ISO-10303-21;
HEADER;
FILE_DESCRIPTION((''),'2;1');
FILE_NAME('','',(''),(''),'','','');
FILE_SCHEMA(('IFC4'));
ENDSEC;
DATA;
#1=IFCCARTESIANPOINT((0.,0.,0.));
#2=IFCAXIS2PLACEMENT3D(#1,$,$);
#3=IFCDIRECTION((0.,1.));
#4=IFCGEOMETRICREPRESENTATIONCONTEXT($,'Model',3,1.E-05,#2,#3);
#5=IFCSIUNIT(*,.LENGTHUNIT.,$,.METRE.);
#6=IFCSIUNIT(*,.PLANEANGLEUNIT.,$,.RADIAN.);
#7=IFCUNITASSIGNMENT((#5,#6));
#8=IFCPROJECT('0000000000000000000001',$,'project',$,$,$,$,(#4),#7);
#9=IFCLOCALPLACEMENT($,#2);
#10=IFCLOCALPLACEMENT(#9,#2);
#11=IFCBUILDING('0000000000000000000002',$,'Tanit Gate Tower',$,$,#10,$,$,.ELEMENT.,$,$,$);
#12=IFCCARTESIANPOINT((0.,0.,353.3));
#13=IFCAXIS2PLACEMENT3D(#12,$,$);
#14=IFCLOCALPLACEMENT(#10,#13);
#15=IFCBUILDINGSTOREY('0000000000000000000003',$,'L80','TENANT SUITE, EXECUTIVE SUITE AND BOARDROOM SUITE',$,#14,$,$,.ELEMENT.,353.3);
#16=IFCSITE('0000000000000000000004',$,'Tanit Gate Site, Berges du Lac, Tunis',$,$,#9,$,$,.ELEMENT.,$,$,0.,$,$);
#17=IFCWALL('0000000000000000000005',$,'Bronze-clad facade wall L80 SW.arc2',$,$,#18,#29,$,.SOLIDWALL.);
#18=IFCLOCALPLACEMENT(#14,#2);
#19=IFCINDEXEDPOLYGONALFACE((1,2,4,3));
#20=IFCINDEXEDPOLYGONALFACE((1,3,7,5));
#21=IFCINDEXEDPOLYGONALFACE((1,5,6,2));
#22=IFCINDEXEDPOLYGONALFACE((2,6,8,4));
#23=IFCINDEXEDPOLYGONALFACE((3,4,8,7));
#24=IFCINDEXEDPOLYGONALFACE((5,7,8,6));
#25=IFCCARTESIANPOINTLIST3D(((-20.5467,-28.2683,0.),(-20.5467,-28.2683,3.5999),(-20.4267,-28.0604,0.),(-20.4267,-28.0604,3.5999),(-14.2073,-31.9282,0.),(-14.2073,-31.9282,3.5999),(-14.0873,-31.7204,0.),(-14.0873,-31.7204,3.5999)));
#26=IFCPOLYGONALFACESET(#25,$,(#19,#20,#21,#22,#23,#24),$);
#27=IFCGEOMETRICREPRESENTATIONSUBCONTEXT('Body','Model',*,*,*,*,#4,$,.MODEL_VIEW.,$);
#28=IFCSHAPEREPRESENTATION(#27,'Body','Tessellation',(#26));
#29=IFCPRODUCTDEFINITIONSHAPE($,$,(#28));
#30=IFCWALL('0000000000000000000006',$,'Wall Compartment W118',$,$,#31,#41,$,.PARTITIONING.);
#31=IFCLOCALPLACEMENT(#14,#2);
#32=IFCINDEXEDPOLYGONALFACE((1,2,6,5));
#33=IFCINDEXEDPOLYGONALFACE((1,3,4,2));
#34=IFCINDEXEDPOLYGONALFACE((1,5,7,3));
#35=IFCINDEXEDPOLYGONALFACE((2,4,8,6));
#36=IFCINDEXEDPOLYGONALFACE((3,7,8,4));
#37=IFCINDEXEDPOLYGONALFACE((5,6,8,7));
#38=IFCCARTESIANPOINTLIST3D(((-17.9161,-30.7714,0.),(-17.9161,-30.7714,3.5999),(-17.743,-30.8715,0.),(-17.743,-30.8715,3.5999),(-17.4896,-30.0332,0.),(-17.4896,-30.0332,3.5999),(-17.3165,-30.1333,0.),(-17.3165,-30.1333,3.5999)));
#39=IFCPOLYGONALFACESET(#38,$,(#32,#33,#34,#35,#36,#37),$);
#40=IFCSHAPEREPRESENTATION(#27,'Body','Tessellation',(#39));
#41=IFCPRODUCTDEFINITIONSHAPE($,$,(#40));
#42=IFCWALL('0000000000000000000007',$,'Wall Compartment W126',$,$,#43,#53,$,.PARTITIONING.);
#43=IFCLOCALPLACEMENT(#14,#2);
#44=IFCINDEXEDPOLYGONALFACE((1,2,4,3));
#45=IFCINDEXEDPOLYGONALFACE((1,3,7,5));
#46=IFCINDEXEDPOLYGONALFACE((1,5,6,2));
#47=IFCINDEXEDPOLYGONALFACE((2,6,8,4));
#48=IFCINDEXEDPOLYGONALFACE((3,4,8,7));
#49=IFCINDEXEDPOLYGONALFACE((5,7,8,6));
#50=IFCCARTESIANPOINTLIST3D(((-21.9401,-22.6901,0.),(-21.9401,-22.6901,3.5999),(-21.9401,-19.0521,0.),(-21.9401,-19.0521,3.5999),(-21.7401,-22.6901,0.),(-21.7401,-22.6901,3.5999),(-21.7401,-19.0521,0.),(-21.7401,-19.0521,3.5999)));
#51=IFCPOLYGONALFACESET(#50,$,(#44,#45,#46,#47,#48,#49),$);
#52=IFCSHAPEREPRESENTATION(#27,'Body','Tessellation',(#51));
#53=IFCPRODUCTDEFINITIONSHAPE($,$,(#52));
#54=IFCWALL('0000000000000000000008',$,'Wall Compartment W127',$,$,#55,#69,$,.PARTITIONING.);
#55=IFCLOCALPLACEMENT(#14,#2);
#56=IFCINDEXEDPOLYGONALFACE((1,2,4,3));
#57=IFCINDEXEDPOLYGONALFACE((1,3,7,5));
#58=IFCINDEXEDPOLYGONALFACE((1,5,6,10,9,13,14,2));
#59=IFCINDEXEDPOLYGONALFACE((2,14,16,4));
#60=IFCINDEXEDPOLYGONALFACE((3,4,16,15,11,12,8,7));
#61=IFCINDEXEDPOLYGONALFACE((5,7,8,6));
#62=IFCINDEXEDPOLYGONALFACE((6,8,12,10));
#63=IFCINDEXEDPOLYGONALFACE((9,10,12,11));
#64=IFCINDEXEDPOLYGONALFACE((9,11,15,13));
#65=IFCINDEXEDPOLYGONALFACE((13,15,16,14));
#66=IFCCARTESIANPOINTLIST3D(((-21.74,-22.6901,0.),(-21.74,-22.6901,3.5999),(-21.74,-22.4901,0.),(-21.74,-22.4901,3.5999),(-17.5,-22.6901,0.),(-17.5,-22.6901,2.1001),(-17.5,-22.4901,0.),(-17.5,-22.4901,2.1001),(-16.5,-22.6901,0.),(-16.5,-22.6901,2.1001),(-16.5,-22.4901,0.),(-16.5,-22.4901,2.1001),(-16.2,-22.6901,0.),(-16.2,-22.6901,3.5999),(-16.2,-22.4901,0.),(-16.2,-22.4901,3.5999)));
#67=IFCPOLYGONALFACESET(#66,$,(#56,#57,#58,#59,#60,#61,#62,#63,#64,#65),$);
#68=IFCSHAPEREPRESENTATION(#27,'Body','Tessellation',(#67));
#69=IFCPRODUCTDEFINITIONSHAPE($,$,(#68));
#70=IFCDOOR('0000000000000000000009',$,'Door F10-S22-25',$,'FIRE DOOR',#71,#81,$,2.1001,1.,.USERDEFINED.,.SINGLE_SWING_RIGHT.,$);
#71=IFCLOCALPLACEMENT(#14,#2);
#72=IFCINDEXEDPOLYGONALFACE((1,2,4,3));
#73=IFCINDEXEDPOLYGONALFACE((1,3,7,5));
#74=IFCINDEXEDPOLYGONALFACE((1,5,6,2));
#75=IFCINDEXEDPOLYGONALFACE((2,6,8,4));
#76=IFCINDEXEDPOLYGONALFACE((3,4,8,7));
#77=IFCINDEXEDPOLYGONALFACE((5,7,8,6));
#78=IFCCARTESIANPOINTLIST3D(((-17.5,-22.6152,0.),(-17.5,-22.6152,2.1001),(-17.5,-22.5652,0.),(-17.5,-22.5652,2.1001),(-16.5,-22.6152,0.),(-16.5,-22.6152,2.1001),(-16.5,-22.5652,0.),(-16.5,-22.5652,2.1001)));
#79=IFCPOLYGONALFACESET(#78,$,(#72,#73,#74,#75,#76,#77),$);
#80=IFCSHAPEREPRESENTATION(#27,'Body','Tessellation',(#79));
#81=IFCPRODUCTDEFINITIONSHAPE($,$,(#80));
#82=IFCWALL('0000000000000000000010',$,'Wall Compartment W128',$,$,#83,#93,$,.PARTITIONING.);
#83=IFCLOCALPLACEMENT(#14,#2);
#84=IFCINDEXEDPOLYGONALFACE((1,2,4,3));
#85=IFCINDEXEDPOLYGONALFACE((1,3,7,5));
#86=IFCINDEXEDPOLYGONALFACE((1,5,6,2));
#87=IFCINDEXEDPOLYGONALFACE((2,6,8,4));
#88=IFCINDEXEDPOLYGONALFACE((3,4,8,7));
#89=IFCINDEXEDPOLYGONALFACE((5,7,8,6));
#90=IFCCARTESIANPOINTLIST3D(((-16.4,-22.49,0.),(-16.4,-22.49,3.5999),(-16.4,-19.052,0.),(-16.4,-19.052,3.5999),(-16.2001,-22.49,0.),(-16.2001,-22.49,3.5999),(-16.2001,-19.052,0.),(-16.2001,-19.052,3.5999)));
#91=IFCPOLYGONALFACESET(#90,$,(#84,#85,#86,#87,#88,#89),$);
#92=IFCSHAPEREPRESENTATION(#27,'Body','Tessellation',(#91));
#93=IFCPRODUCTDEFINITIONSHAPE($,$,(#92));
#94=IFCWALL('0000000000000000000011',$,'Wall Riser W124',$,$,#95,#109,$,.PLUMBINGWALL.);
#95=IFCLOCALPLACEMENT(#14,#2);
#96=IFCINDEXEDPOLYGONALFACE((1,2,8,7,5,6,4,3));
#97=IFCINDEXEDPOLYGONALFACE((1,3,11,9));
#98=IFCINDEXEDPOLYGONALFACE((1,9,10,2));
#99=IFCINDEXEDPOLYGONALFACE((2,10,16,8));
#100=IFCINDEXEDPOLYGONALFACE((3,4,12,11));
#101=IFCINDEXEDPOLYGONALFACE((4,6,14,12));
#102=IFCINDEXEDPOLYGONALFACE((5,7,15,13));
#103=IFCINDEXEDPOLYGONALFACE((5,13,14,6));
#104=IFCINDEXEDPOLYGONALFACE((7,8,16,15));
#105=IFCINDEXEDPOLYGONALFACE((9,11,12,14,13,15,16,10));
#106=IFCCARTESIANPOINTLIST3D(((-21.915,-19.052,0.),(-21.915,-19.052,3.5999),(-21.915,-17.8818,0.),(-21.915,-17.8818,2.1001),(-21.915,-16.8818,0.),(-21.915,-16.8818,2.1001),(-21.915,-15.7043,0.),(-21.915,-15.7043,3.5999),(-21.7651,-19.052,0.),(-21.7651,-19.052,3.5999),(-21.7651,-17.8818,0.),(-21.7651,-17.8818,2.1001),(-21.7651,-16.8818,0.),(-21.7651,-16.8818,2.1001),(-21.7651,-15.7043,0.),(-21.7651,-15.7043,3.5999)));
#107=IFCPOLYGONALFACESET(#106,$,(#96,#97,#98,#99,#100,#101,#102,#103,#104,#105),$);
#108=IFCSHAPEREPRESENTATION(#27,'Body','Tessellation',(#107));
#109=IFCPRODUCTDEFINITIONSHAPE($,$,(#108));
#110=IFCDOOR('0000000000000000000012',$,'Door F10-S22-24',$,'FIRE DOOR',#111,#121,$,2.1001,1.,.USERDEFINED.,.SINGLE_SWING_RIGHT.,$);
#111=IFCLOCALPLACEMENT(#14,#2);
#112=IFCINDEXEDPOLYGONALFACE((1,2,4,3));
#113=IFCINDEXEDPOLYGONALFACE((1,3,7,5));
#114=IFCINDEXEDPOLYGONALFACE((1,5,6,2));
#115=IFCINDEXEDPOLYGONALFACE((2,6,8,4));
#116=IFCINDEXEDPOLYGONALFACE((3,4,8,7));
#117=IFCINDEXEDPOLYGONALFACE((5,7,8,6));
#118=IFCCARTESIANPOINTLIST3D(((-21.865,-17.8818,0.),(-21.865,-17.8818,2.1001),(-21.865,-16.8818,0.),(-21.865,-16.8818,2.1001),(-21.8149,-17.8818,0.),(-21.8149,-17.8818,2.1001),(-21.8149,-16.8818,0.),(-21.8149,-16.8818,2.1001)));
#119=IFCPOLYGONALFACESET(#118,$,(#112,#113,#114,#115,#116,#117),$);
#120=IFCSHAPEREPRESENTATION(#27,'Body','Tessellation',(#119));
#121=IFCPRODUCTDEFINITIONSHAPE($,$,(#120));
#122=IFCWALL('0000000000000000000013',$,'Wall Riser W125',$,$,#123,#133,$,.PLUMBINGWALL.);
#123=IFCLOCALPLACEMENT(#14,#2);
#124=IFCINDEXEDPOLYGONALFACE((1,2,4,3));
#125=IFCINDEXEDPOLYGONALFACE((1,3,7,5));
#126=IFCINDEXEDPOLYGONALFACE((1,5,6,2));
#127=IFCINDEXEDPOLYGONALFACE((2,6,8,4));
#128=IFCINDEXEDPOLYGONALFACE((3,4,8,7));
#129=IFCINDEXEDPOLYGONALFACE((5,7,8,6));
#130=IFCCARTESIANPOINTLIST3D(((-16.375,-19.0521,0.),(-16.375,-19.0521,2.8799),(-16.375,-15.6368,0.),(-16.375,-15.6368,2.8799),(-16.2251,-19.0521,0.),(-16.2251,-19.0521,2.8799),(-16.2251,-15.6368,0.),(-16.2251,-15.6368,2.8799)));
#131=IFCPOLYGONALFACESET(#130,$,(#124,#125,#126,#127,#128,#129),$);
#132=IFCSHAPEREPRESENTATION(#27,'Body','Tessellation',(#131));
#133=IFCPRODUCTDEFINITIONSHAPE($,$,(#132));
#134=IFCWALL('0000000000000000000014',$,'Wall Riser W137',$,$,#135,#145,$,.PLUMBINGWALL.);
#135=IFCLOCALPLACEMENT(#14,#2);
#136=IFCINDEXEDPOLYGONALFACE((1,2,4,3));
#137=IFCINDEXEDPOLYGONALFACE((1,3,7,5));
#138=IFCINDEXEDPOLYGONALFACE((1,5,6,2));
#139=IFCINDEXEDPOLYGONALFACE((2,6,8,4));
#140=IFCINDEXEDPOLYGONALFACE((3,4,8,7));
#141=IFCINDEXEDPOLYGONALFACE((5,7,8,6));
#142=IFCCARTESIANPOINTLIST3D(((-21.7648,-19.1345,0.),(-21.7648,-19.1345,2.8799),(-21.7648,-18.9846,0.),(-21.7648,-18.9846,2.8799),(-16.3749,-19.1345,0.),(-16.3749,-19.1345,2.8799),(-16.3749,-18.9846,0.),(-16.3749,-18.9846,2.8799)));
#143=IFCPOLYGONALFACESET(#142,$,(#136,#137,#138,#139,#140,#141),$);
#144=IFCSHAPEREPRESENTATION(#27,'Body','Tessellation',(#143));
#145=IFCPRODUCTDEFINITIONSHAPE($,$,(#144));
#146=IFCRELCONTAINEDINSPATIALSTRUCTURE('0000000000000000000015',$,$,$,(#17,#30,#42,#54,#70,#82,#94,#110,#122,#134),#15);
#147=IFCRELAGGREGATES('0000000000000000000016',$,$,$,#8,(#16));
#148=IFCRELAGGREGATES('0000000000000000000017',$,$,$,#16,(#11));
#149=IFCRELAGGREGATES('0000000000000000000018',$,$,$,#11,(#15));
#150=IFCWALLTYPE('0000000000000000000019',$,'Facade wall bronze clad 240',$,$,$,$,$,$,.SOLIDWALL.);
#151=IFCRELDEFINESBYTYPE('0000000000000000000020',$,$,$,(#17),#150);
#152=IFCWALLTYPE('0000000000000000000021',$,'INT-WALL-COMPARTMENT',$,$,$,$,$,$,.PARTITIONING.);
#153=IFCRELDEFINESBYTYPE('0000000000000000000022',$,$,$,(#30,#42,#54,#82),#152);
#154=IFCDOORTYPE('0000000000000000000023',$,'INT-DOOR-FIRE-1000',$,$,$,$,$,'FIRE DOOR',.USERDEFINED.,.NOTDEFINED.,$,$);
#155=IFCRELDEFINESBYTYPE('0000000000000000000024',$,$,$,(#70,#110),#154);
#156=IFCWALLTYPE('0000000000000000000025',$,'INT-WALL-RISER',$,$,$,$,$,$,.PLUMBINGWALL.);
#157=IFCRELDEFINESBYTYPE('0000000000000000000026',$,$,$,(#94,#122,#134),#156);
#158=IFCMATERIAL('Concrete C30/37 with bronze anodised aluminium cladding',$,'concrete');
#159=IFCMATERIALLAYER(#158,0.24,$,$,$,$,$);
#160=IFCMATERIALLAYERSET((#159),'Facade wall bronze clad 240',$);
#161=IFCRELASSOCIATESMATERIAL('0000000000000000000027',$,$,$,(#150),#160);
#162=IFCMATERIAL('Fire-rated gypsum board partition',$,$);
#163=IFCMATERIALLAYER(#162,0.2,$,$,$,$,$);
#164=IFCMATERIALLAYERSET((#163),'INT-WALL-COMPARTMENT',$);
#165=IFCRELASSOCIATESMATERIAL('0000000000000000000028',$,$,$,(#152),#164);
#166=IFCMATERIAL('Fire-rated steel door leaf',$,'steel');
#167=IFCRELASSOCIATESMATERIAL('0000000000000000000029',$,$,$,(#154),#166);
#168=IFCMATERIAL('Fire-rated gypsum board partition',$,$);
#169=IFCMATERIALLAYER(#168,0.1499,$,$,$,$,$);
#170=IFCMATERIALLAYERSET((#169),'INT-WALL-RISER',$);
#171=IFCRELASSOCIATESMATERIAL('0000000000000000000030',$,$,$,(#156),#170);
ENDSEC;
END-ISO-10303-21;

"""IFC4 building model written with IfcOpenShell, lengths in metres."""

from ifc_helpers import new_model, si_unit, direction, frame, frame_2d, origin, place, context, subcontext, project, spatial, rectangle, extrude, material, layer, layer_set, type_object, element, fill, save


model = new_model("IFC4")

# Units and contexts
model_context = context("Model", 3, precision=1e-05, world=origin(), true_north=direction((0.0, 1.0)))
body_context = subcontext(model_context, "Body", "Model", "MODEL_VIEW")
ifc_project = project(units=[si_unit("LENGTHUNIT", "METRE"), si_unit("PLANEANGLEUNIT", "RADIAN")], contexts=[model_context])

# Site, building, storey
site_placement = place(None, origin())
site = spatial("IfcSite", under=ifc_project, at=site_placement, Name="Tanit Gate Site, Berges du Lac, Tunis", CompositionType="ELEMENT", RefElevation=0.0)
building_placement = place(site_placement, origin())
building = spatial("IfcBuilding", under=site, at=building_placement, Name="Tanit Gate Tower", CompositionType="ELEMENT")
storey_placement = place(building_placement, frame((0.0, 0.0, 353.3)))
storey = spatial("IfcBuildingStorey", under=building, at=storey_placement, Name="L80", Description="TENANT SUITE, EXECUTIVE SUITE AND BOARDROOM SUITE", CompositionType="ELEMENT", Elevation=353.3)

# Walls
ifc_material_1 = material(Name="Concrete C30/37 with bronze anodised aluminium cladding", Category="concrete")
ifc_layer_1 = layer(ifc_material_1, 0.24)
ifc_layer_set_1 = layer_set([ifc_layer_1], Name="Facade wall bronze clad 240")
wall_type_1 = type_object("IfcWallType", Name="Facade wall bronze clad 240", PredefinedType="SOLIDWALL", material=ifc_layer_set_1)
wall_1_placement = place(storey_placement, frame((-20.4868, -28.1643, 0.0), z_axis=(0.0, 0.0, 1.0), x_axis=(0.866032, -0.499988, 0.0)))
element("IfcWall", 1, at=wall_1_placement, inside=storey, type_object=wall_type_1, Name="Bronze-clad facade wall L80 SW.arc2", PredefinedType="SOLIDWALL", context=body_context, shape_type="SweptSolid", body=[
    extrude(rectangle(XDim=7.3201, YDim=0.24, at=frame_2d((3.6602, 0.0))), origin(), (0.0, 0.0, 1.0), 3.5999),
])
ifc_material_2 = material(Name="Fire-rated gypsum board partition")
ifc_layer_2 = layer(ifc_material_2, 0.2)
ifc_layer_set_2 = layer_set([ifc_layer_2], Name="INT-WALL-COMPARTMENT")
wall_type_2 = type_object("IfcWallType", Name="INT-WALL-COMPARTMENT", PredefinedType="PARTITIONING", material=ifc_layer_set_2)
wall_2_placement = place(storey_placement, frame((-17.4031, -30.0833, 0.0), z_axis=(0.0, 0.0, 1.0), x_axis=(-0.500235, -0.86589, 0.0)))
element("IfcWall", 2, at=wall_2_placement, inside=storey, type_object=wall_type_2, Name="Wall Compartment W118", PredefinedType="PARTITIONING", context=body_context, shape_type="SweptSolid", body=[
    extrude(rectangle(XDim=0.8525, YDim=0.2, at=frame_2d((0.4263, 0.0))), origin(), (0.0, 0.0, 1.0), 3.5999),
])
wall_3_placement = place(storey_placement, frame((-21.8401, -22.6899, 0.0), z_axis=(0.0, 0.0, 1.0), x_axis=(0.0, 1.0, 0.0)))
element("IfcWall", 3, at=wall_3_placement, inside=storey, type_object=wall_type_2, Name="Wall Compartment W126", PredefinedType="PARTITIONING", context=body_context, shape_type="SweptSolid", body=[
    extrude(rectangle(XDim=3.6379, YDim=0.2, at=frame_2d((1.8188, 0.0))), origin(), (0.0, 0.0, 1.0), 3.5999),
])

# Wall, opening, door
wall_4_placement = place(storey_placement, frame((-21.74, -22.5901, 0.0), z_axis=(0.0, 0.0, 1.0), x_axis=(1.0, 0.0, 0.0)))
wall_4 = element("IfcWall", 4, at=wall_4_placement, inside=storey, type_object=wall_type_2, Name="Wall Compartment W127", PredefinedType="PARTITIONING", context=body_context, shape_type="SweptSolid", body=[
    extrude(rectangle(XDim=5.54, YDim=0.2, at=frame_2d((2.77, 0.0))), origin(), (0.0, 0.0, 1.0), 3.5999),
])
opening_1_placement = place(wall_4_placement, frame((4.24, 0.0, 0.0)))
opening_1 = element("IfcOpeningElement", 5, at=opening_1_placement, cuts=wall_4, PredefinedType="OPENING", context=body_context, shape_type="SweptSolid", body=[
    extrude(rectangle(XDim=1.0, YDim=2.1001, at=frame_2d((0.5, 1.05))), frame((0.0, 0.1099, 0.0), z_axis=(0.0, -1.0, 0.0), x_axis=(1.0, 0.0, 0.0)), (0.0, 0.0, 1.0), 0.22),
])
ifc_material_3 = material(Name="Fire-rated steel door leaf", Category="steel")
door_type = type_object("IfcDoorType", Name="INT-DOOR-FIRE-1000", ElementType="FIRE DOOR", OperationType="NOTDEFINED", PredefinedType="USERDEFINED", material=ifc_material_3)
door_1_placement = place(opening_1_placement, origin())
door_1 = element("IfcDoor", 6, at=door_1_placement, inside=storey, type_object=door_type, Name="Door F10-S22-25", ObjectType="FIRE DOOR", OperationType="SINGLE_SWING_RIGHT", OverallHeight=2.1001, OverallWidth=1.0, PredefinedType="USERDEFINED", context=body_context, shape_type="SweptSolid", body=[
    extrude(rectangle(XDim=1.0, YDim=2.1001, at=frame_2d((0.5, 1.05))), frame((0.0, 0.0249, 0.0), z_axis=(0.0, -1.0, 0.0), x_axis=(1.0, 0.0, 0.0)), (0.0, 0.0, 1.0), 0.05),
])
fill(opening_1, door_1)

# Wall
wall_5_placement = place(storey_placement, frame((-16.3, -22.49, 0.0), z_axis=(0.0, 0.0, 1.0), x_axis=(0.0, 1.0, 0.0)))
element("IfcWall", 7, at=wall_5_placement, inside=storey, type_object=wall_type_2, Name="Wall Compartment W128", PredefinedType="PARTITIONING", context=body_context, shape_type="SweptSolid", body=[
    extrude(rectangle(XDim=3.438, YDim=0.2, at=frame_2d((1.719, 0.0))), origin(), (0.0, 0.0, 1.0), 3.5999),
])

# Wall, opening, door
ifc_material_4 = material(Name="Fire-rated gypsum board partition")
ifc_layer_3 = layer(ifc_material_4, 0.1499)
ifc_layer_set_3 = layer_set([ifc_layer_3], Name="INT-WALL-RISER")
wall_type_3 = type_object("IfcWallType", Name="INT-WALL-RISER", PredefinedType="PLUMBINGWALL", material=ifc_layer_set_3)
wall_6_placement = place(storey_placement, frame((-21.8401, -19.052, 0.0), z_axis=(0.0, 0.0, 1.0), x_axis=(0.0, 1.0, 0.0)))
wall_6 = element("IfcWall", 8, at=wall_6_placement, inside=storey, type_object=wall_type_3, Name="Wall Riser W124", PredefinedType="PLUMBINGWALL", context=body_context, shape_type="SweptSolid", body=[
    extrude(rectangle(XDim=3.3477, YDim=0.1499, at=frame_2d((1.6738, 0.0))), origin(), (0.0, 0.0, 1.0), 3.5999),
])
opening_2_placement = place(wall_6_placement, frame((1.1702, 0.0, 0.0)))
opening_2 = element("IfcOpeningElement", 9, at=opening_2_placement, cuts=wall_6, PredefinedType="OPENING", context=body_context, shape_type="SweptSolid", body=[
    extrude(rectangle(XDim=1.0, YDim=2.1001, at=frame_2d((0.5, 1.05))), frame((0.0, 0.085, 0.0), z_axis=(0.0, -1.0, 0.0), x_axis=(1.0, 0.0, 0.0)), (0.0, 0.0, 1.0), 0.1699),
])
door_2_placement = place(opening_2_placement, origin())
door_2 = element("IfcDoor", 10, at=door_2_placement, inside=storey, type_object=door_type, Name="Door F10-S22-24", ObjectType="FIRE DOOR", OperationType="SINGLE_SWING_RIGHT", OverallHeight=2.1001, OverallWidth=1.0, PredefinedType="USERDEFINED", context=body_context, shape_type="SweptSolid", body=[
    extrude(rectangle(XDim=1.0, YDim=2.1001, at=frame_2d((0.5, 1.05))), frame((0.0, 0.0249, 0.0), z_axis=(0.0, -1.0, 0.0), x_axis=(1.0, 0.0, 0.0)), (0.0, 0.0, 1.0), 0.05),
])
fill(opening_2, door_2)

# Walls
wall_7_placement = place(storey_placement, frame((-16.3, -19.052, 0.0), z_axis=(0.0, 0.0, 1.0), x_axis=(0.0, 1.0, 0.0)))
element("IfcWall", 11, at=wall_7_placement, inside=storey, type_object=wall_type_3, Name="Wall Riser W125", PredefinedType="PLUMBINGWALL", context=body_context, shape_type="SweptSolid", body=[
    extrude(rectangle(XDim=3.4153, YDim=0.1499, at=frame_2d((1.7075, 0.0))), origin(), (0.0, 0.0, 1.0), 2.8799),
])
wall_8_placement = place(storey_placement, frame((-16.375, -19.0596, 0.0), z_axis=(0.0, 0.0, 1.0), x_axis=(-1.0, 0.0, 0.0)))
element("IfcWall", 12, at=wall_8_placement, inside=storey, type_object=wall_type_3, Name="Wall Riser W137", PredefinedType="PLUMBINGWALL", context=body_context, shape_type="SweptSolid", body=[
    extrude(rectangle(XDim=5.3899, YDim=0.1499, at=frame_2d((2.6948, 0.0))), origin(), (0.0, 0.0, 1.0), 2.8799),
])

save(model, "model.ifc")
